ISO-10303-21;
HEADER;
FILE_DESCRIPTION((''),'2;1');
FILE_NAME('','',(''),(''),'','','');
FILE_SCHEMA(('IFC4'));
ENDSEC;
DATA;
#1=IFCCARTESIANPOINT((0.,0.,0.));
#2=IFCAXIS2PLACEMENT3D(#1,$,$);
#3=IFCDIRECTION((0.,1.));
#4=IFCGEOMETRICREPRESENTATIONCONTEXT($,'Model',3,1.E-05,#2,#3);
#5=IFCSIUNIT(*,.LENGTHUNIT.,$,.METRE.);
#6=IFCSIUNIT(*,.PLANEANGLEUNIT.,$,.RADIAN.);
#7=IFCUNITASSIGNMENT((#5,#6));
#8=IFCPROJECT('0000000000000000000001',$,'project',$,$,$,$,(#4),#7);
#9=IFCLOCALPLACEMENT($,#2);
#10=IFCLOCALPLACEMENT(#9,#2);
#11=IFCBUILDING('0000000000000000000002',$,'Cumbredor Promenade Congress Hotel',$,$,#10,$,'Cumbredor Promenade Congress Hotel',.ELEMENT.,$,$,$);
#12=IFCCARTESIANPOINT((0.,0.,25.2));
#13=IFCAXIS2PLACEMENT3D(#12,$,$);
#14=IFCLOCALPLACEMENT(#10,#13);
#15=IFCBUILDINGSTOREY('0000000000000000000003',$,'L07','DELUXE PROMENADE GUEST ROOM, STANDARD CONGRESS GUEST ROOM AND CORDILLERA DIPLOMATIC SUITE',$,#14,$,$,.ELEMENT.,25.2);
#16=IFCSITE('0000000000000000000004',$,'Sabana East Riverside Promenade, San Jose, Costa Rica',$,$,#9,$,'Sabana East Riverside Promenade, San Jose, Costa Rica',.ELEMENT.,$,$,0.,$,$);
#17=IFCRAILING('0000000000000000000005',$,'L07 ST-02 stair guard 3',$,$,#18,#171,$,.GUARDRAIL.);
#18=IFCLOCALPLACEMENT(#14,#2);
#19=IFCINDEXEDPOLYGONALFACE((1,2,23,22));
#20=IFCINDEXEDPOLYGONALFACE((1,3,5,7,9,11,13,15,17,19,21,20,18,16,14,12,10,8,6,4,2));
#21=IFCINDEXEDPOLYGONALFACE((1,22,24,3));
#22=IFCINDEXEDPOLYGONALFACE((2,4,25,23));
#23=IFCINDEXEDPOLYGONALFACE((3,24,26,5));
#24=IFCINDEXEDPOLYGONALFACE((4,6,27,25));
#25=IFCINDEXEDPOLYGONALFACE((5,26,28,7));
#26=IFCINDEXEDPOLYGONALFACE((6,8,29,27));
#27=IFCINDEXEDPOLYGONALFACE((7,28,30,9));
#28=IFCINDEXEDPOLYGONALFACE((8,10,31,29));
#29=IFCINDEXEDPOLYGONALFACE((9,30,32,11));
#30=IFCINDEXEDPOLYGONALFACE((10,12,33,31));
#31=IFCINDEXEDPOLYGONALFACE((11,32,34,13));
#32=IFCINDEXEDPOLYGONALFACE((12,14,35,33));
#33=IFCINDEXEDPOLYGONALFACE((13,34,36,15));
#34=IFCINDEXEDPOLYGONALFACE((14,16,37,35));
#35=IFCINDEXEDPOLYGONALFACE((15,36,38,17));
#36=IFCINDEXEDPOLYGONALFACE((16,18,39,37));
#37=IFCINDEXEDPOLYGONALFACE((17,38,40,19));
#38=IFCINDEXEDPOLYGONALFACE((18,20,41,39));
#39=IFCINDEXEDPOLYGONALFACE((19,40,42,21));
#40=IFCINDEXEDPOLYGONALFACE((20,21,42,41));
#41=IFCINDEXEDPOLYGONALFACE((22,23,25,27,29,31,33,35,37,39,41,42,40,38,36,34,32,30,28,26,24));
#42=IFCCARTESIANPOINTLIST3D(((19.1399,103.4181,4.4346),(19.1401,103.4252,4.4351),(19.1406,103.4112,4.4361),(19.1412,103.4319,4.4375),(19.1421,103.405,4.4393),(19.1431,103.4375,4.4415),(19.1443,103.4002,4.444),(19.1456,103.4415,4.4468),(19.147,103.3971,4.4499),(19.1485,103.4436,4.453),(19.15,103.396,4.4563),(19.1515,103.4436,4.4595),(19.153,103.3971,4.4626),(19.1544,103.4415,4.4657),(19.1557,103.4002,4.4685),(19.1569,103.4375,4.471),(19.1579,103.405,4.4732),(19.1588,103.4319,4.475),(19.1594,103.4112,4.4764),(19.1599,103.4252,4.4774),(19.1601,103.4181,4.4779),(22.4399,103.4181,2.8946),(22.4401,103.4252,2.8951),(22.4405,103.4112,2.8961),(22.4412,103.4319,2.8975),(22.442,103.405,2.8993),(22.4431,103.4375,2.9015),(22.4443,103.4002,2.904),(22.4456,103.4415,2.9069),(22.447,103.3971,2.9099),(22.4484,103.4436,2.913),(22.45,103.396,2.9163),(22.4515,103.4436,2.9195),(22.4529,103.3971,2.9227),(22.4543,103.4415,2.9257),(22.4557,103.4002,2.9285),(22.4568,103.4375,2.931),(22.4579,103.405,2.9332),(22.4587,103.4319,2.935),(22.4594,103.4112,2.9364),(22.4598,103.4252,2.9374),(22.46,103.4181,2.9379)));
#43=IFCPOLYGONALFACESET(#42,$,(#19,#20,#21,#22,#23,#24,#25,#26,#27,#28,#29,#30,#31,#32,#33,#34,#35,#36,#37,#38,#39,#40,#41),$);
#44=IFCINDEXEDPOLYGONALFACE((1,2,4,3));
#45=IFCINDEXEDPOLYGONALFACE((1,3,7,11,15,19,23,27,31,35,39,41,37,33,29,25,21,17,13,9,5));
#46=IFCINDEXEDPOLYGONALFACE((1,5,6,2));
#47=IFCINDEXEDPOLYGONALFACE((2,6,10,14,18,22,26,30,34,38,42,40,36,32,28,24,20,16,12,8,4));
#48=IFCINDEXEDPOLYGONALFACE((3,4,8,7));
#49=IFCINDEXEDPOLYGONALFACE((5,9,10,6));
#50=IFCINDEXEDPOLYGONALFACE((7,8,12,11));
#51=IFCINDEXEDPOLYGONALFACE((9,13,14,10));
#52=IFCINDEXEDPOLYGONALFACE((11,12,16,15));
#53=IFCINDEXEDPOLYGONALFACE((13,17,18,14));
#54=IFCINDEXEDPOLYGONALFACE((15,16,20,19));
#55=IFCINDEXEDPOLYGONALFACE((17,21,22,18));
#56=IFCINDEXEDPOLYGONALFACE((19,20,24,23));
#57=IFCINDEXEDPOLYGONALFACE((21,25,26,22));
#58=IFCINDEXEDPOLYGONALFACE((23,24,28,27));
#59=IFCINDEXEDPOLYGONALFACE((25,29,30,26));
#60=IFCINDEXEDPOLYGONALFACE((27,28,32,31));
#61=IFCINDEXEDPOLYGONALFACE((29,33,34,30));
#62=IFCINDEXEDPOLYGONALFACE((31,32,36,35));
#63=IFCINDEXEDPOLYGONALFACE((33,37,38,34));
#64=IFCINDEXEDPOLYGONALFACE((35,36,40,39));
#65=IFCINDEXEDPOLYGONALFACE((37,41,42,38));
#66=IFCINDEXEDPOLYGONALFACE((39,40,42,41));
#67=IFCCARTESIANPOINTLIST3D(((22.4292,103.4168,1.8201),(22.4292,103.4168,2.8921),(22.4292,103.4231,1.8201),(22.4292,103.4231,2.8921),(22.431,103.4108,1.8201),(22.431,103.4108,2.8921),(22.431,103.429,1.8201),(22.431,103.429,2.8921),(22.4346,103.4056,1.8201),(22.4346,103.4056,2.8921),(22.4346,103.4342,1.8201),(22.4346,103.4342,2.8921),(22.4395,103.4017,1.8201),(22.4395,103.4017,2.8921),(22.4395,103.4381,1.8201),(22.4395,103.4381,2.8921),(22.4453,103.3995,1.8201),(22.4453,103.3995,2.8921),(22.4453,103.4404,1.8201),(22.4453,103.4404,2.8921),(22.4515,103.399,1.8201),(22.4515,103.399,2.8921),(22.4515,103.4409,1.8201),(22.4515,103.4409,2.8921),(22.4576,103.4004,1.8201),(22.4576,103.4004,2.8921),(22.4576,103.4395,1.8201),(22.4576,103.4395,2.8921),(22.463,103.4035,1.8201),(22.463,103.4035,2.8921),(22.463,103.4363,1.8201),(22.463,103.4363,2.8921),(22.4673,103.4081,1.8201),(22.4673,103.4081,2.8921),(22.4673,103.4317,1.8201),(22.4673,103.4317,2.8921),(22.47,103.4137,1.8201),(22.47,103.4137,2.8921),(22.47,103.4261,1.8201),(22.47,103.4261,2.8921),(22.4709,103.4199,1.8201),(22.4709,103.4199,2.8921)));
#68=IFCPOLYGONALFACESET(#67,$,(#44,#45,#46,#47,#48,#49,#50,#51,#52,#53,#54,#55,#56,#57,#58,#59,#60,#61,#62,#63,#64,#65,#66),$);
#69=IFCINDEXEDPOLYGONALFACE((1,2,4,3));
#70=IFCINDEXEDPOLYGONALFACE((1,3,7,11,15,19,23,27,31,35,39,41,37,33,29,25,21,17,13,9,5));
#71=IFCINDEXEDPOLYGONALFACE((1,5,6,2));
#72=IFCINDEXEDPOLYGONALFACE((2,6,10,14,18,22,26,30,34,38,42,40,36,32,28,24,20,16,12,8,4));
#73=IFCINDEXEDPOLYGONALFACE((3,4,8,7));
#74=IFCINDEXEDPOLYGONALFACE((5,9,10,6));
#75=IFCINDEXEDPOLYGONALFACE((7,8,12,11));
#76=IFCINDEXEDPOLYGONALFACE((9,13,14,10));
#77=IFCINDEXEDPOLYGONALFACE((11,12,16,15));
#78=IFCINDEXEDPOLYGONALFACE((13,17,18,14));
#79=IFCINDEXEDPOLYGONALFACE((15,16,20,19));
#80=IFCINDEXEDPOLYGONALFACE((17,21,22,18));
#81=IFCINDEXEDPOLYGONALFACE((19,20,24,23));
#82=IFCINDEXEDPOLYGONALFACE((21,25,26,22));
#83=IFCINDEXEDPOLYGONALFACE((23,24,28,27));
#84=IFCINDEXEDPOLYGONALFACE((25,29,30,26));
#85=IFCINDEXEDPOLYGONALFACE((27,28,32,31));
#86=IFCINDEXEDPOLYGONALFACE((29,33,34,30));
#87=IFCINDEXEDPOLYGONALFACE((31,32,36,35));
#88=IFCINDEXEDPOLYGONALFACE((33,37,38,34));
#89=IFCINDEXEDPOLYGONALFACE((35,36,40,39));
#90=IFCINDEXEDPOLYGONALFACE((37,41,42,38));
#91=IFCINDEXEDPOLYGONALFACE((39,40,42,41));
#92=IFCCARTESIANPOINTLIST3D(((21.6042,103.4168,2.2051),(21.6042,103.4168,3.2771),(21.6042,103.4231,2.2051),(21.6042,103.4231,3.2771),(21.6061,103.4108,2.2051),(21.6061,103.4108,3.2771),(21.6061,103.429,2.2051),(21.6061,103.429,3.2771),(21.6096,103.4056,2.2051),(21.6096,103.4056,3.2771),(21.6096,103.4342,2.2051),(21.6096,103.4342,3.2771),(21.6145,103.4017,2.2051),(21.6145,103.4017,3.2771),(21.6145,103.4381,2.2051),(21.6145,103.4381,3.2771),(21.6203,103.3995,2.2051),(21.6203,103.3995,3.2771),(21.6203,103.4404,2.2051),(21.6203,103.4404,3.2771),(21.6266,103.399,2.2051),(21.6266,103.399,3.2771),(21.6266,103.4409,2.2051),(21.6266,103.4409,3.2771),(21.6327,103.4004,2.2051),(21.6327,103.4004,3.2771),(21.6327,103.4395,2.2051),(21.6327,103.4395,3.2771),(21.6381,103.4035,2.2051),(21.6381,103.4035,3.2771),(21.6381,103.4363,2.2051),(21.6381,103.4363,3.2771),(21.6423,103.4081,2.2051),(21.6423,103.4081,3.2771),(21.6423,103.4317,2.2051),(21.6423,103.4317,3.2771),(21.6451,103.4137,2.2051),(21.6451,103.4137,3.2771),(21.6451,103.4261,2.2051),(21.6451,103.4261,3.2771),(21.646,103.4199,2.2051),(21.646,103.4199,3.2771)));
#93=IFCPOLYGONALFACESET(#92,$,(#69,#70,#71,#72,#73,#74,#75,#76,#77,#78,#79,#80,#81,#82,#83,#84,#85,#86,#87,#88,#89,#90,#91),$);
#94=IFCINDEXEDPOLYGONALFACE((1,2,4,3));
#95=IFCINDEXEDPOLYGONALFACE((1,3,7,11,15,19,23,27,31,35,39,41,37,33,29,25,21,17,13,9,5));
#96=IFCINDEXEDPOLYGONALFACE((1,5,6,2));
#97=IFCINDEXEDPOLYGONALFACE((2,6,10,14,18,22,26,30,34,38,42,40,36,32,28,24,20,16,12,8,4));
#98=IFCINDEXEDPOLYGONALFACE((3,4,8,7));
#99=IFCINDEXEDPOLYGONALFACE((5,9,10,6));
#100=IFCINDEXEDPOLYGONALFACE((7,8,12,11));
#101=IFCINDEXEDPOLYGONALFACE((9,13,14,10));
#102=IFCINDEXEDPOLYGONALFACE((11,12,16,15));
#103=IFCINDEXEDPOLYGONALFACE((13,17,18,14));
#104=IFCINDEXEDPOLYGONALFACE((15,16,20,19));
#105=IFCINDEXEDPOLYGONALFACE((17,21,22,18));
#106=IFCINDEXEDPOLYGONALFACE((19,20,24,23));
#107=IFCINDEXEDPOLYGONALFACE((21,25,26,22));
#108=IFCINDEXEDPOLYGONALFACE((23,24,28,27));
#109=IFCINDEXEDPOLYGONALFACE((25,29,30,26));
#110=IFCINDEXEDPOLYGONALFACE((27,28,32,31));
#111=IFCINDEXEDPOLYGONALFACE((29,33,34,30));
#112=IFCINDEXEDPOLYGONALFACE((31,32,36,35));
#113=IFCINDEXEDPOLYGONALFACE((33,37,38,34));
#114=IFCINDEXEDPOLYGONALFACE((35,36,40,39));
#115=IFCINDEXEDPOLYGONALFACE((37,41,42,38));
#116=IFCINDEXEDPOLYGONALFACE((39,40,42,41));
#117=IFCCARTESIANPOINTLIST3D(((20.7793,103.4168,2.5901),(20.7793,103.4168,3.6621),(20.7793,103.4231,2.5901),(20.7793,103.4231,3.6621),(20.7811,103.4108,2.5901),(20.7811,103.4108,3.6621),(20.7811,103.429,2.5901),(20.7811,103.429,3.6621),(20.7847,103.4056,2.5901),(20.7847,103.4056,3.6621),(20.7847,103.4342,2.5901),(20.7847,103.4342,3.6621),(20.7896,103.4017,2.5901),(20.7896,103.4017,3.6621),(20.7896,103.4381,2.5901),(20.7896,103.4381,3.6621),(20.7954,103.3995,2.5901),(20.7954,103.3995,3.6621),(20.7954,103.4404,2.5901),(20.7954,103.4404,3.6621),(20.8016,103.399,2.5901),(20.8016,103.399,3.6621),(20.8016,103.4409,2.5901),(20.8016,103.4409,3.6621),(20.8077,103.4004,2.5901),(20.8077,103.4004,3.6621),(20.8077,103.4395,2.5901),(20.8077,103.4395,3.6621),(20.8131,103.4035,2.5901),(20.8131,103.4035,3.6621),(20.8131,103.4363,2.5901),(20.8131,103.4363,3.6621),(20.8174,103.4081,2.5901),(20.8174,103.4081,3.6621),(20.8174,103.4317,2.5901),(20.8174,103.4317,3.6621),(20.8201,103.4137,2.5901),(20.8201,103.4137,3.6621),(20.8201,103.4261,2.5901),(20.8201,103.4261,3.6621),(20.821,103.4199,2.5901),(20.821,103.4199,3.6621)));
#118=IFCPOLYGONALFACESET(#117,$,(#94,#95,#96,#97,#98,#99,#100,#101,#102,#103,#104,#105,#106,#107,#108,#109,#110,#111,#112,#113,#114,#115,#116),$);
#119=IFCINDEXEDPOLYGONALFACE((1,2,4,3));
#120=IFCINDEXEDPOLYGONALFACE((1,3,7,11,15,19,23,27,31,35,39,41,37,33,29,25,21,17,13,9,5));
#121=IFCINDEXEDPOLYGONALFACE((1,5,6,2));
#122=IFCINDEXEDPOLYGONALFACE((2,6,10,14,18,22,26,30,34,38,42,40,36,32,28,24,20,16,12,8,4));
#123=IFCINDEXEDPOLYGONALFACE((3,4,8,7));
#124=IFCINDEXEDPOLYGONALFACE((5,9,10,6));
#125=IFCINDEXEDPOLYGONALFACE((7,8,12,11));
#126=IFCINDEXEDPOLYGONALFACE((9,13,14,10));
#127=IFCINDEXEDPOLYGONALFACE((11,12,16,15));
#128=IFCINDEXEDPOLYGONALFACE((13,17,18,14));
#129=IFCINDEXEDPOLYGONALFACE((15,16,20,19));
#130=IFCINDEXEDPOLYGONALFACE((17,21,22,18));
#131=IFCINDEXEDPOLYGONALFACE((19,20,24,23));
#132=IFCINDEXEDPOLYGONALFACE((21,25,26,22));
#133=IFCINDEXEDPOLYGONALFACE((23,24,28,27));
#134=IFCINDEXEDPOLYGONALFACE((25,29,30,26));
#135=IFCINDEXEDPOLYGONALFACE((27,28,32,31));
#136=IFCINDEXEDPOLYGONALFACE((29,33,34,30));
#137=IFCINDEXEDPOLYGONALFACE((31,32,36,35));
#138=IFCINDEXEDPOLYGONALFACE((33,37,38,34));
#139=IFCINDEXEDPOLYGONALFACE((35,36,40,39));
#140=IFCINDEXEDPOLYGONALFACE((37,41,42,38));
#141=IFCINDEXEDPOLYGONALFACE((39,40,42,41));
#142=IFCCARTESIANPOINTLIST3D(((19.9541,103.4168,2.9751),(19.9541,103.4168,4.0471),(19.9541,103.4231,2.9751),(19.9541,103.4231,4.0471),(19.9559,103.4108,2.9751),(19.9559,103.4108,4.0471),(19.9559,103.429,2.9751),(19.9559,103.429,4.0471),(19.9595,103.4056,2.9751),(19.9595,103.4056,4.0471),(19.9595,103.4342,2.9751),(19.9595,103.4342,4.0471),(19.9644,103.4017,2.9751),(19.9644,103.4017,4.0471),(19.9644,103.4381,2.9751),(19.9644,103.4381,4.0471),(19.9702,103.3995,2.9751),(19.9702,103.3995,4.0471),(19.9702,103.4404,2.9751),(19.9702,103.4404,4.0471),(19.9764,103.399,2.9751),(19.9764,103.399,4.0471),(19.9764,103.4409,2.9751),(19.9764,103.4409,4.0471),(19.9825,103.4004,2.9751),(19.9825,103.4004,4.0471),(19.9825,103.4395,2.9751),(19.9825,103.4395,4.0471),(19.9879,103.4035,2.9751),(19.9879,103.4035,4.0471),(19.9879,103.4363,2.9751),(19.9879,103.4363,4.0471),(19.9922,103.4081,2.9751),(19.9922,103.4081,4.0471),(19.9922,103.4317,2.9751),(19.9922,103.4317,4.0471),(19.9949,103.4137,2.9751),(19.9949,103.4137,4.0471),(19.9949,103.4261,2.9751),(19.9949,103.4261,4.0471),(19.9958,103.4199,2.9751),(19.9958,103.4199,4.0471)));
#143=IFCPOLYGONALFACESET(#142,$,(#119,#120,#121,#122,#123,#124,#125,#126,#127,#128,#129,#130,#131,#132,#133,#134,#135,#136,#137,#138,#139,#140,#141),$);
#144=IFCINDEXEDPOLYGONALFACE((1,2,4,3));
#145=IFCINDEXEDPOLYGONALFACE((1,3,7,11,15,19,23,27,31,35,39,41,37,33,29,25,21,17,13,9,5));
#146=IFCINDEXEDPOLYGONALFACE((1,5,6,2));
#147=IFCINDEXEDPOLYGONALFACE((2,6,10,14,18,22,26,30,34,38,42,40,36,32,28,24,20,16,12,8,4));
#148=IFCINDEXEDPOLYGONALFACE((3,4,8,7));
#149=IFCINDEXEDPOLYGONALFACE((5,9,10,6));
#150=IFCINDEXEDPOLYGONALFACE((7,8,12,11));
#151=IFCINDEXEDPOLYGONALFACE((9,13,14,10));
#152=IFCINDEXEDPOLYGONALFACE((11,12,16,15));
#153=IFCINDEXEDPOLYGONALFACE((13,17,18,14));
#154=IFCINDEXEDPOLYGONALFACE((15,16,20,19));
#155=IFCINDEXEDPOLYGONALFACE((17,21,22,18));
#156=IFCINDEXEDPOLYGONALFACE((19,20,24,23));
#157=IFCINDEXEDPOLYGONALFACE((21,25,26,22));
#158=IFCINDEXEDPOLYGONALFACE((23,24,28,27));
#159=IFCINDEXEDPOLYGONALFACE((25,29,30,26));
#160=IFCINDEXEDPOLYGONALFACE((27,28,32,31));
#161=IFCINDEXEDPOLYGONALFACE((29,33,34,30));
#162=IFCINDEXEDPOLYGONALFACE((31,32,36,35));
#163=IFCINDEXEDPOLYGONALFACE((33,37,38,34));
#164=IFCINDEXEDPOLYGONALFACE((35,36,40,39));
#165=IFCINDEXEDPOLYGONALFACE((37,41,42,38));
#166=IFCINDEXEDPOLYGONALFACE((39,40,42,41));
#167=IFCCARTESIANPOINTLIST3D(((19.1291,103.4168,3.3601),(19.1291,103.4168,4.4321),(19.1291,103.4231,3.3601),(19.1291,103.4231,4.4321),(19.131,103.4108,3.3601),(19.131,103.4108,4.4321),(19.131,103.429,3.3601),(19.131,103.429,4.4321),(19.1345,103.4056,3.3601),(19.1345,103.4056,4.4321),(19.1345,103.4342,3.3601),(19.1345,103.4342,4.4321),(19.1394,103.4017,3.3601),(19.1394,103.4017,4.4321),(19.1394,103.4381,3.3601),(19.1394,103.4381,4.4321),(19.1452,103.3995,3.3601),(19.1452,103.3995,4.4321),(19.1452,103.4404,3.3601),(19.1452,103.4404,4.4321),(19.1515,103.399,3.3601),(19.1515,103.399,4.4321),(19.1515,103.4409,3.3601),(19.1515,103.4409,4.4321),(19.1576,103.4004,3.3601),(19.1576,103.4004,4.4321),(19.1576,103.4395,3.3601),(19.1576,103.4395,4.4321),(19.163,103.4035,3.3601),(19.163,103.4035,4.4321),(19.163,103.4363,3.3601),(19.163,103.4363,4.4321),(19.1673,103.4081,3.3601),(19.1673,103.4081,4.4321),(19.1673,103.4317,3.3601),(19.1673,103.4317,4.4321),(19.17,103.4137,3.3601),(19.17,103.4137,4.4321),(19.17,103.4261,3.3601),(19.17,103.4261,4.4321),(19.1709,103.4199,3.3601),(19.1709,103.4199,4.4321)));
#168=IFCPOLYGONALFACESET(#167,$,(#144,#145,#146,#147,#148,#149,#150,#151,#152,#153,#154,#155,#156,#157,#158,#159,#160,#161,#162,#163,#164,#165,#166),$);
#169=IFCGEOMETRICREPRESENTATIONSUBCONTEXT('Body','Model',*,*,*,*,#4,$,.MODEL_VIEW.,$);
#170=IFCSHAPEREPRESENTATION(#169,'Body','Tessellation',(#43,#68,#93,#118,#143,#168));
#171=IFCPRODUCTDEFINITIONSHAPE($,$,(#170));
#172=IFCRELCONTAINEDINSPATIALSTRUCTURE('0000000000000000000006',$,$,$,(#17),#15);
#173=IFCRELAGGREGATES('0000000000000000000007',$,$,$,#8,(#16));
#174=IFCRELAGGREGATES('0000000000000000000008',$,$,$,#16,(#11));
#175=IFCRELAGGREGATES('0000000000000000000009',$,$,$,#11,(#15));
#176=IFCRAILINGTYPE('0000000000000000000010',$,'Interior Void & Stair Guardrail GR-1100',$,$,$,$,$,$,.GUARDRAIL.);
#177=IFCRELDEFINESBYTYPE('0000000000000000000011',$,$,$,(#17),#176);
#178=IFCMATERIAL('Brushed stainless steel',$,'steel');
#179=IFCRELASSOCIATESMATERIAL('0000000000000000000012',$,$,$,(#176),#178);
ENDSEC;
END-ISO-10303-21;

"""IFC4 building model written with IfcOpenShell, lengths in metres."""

from ifc_helpers import new_model, si_unit, direction, frame, origin, origin_2d, place, context, subcontext, project, spatial, circle, extrude, material, type_object, element, save


model = new_model("IFC4")

# Units and contexts
model_context = context("Model", 3, precision=1e-05, world=origin(), true_north=direction((0.0, 1.0)))
body_context = subcontext(model_context, "Body", "Model", "MODEL_VIEW")
ifc_project = project(units=[si_unit("LENGTHUNIT", "METRE"), si_unit("PLANEANGLEUNIT", "RADIAN")], contexts=[model_context])

# Site, building, storey
site_placement = place(None, origin())
site = spatial("IfcSite", under=ifc_project, at=site_placement, Name="Sabana East Riverside Promenade, San Jose, Costa Rica", LongName="Sabana East Riverside Promenade, San Jose, Costa Rica", CompositionType="ELEMENT", RefElevation=0.0)
building_placement = place(site_placement, origin())
building = spatial("IfcBuilding", under=site, at=building_placement, Name="Cumbredor Promenade Congress Hotel", LongName="Cumbredor Promenade Congress Hotel", CompositionType="ELEMENT")
storey_placement = place(building_placement, frame((0.0, 0.0, 25.2)))
storey = spatial("IfcBuildingStorey", under=building, at=storey_placement, Name="L07", Description="DELUXE PROMENADE GUEST ROOM, STANDARD CONGRESS GUEST ROOM AND CORDILLERA DIPLOMATIC SUITE", CompositionType="ELEMENT", Elevation=25.2)

# Railing
ifc_material_1 = material(Name="Brushed stainless steel", Category="steel")
railing_type_1 = type_object("IfcRailingType", Name="Interior Void & Stair Guardrail GR-1100", PredefinedType="GUARDRAIL", material=ifc_material_1)
railing_1_placement = place(storey_placement, frame((22.45, 103.4199, 1.8201)))
element("IfcRailing", 1, at=railing_1_placement, inside=storey, type_object=railing_type_1, Name="L07 ST-02 stair guard 3", PredefinedType="GUARDRAIL", context=body_context, shape_type="SweptSolid", body=[
    extrude(circle(Radius=0.0239, at=origin_2d()), frame((0.0, 0.0, 1.0962), z_axis=(-0.906181, 0.0, 0.422889), x_axis=(0.0, -1.0, 0.0)), (0.0, 0.0, 1.0), 3.6416),
    extrude(circle(Radius=0.021, at=origin_2d()), origin(), (0.0, 0.0, 1.0), 1.072),
    extrude(circle(Radius=0.021, at=origin_2d()), frame((-0.825, 0.0, 0.385)), (0.0, 0.0, 1.0), 1.072),
    extrude(circle(Radius=0.021, at=origin_2d()), frame((-1.6499, 0.0, 0.77)), (0.0, 0.0, 1.0), 1.072),
    extrude(circle(Radius=0.021, at=origin_2d()), frame((-2.4751, 0.0, 1.155)), (0.0, 0.0, 1.0), 1.072),
    extrude(circle(Radius=0.021, at=origin_2d()), frame((-3.3, 0.0, 1.54)), (0.0, 0.0, 1.0), 1.072),
])

save(model, "model.ifc")
